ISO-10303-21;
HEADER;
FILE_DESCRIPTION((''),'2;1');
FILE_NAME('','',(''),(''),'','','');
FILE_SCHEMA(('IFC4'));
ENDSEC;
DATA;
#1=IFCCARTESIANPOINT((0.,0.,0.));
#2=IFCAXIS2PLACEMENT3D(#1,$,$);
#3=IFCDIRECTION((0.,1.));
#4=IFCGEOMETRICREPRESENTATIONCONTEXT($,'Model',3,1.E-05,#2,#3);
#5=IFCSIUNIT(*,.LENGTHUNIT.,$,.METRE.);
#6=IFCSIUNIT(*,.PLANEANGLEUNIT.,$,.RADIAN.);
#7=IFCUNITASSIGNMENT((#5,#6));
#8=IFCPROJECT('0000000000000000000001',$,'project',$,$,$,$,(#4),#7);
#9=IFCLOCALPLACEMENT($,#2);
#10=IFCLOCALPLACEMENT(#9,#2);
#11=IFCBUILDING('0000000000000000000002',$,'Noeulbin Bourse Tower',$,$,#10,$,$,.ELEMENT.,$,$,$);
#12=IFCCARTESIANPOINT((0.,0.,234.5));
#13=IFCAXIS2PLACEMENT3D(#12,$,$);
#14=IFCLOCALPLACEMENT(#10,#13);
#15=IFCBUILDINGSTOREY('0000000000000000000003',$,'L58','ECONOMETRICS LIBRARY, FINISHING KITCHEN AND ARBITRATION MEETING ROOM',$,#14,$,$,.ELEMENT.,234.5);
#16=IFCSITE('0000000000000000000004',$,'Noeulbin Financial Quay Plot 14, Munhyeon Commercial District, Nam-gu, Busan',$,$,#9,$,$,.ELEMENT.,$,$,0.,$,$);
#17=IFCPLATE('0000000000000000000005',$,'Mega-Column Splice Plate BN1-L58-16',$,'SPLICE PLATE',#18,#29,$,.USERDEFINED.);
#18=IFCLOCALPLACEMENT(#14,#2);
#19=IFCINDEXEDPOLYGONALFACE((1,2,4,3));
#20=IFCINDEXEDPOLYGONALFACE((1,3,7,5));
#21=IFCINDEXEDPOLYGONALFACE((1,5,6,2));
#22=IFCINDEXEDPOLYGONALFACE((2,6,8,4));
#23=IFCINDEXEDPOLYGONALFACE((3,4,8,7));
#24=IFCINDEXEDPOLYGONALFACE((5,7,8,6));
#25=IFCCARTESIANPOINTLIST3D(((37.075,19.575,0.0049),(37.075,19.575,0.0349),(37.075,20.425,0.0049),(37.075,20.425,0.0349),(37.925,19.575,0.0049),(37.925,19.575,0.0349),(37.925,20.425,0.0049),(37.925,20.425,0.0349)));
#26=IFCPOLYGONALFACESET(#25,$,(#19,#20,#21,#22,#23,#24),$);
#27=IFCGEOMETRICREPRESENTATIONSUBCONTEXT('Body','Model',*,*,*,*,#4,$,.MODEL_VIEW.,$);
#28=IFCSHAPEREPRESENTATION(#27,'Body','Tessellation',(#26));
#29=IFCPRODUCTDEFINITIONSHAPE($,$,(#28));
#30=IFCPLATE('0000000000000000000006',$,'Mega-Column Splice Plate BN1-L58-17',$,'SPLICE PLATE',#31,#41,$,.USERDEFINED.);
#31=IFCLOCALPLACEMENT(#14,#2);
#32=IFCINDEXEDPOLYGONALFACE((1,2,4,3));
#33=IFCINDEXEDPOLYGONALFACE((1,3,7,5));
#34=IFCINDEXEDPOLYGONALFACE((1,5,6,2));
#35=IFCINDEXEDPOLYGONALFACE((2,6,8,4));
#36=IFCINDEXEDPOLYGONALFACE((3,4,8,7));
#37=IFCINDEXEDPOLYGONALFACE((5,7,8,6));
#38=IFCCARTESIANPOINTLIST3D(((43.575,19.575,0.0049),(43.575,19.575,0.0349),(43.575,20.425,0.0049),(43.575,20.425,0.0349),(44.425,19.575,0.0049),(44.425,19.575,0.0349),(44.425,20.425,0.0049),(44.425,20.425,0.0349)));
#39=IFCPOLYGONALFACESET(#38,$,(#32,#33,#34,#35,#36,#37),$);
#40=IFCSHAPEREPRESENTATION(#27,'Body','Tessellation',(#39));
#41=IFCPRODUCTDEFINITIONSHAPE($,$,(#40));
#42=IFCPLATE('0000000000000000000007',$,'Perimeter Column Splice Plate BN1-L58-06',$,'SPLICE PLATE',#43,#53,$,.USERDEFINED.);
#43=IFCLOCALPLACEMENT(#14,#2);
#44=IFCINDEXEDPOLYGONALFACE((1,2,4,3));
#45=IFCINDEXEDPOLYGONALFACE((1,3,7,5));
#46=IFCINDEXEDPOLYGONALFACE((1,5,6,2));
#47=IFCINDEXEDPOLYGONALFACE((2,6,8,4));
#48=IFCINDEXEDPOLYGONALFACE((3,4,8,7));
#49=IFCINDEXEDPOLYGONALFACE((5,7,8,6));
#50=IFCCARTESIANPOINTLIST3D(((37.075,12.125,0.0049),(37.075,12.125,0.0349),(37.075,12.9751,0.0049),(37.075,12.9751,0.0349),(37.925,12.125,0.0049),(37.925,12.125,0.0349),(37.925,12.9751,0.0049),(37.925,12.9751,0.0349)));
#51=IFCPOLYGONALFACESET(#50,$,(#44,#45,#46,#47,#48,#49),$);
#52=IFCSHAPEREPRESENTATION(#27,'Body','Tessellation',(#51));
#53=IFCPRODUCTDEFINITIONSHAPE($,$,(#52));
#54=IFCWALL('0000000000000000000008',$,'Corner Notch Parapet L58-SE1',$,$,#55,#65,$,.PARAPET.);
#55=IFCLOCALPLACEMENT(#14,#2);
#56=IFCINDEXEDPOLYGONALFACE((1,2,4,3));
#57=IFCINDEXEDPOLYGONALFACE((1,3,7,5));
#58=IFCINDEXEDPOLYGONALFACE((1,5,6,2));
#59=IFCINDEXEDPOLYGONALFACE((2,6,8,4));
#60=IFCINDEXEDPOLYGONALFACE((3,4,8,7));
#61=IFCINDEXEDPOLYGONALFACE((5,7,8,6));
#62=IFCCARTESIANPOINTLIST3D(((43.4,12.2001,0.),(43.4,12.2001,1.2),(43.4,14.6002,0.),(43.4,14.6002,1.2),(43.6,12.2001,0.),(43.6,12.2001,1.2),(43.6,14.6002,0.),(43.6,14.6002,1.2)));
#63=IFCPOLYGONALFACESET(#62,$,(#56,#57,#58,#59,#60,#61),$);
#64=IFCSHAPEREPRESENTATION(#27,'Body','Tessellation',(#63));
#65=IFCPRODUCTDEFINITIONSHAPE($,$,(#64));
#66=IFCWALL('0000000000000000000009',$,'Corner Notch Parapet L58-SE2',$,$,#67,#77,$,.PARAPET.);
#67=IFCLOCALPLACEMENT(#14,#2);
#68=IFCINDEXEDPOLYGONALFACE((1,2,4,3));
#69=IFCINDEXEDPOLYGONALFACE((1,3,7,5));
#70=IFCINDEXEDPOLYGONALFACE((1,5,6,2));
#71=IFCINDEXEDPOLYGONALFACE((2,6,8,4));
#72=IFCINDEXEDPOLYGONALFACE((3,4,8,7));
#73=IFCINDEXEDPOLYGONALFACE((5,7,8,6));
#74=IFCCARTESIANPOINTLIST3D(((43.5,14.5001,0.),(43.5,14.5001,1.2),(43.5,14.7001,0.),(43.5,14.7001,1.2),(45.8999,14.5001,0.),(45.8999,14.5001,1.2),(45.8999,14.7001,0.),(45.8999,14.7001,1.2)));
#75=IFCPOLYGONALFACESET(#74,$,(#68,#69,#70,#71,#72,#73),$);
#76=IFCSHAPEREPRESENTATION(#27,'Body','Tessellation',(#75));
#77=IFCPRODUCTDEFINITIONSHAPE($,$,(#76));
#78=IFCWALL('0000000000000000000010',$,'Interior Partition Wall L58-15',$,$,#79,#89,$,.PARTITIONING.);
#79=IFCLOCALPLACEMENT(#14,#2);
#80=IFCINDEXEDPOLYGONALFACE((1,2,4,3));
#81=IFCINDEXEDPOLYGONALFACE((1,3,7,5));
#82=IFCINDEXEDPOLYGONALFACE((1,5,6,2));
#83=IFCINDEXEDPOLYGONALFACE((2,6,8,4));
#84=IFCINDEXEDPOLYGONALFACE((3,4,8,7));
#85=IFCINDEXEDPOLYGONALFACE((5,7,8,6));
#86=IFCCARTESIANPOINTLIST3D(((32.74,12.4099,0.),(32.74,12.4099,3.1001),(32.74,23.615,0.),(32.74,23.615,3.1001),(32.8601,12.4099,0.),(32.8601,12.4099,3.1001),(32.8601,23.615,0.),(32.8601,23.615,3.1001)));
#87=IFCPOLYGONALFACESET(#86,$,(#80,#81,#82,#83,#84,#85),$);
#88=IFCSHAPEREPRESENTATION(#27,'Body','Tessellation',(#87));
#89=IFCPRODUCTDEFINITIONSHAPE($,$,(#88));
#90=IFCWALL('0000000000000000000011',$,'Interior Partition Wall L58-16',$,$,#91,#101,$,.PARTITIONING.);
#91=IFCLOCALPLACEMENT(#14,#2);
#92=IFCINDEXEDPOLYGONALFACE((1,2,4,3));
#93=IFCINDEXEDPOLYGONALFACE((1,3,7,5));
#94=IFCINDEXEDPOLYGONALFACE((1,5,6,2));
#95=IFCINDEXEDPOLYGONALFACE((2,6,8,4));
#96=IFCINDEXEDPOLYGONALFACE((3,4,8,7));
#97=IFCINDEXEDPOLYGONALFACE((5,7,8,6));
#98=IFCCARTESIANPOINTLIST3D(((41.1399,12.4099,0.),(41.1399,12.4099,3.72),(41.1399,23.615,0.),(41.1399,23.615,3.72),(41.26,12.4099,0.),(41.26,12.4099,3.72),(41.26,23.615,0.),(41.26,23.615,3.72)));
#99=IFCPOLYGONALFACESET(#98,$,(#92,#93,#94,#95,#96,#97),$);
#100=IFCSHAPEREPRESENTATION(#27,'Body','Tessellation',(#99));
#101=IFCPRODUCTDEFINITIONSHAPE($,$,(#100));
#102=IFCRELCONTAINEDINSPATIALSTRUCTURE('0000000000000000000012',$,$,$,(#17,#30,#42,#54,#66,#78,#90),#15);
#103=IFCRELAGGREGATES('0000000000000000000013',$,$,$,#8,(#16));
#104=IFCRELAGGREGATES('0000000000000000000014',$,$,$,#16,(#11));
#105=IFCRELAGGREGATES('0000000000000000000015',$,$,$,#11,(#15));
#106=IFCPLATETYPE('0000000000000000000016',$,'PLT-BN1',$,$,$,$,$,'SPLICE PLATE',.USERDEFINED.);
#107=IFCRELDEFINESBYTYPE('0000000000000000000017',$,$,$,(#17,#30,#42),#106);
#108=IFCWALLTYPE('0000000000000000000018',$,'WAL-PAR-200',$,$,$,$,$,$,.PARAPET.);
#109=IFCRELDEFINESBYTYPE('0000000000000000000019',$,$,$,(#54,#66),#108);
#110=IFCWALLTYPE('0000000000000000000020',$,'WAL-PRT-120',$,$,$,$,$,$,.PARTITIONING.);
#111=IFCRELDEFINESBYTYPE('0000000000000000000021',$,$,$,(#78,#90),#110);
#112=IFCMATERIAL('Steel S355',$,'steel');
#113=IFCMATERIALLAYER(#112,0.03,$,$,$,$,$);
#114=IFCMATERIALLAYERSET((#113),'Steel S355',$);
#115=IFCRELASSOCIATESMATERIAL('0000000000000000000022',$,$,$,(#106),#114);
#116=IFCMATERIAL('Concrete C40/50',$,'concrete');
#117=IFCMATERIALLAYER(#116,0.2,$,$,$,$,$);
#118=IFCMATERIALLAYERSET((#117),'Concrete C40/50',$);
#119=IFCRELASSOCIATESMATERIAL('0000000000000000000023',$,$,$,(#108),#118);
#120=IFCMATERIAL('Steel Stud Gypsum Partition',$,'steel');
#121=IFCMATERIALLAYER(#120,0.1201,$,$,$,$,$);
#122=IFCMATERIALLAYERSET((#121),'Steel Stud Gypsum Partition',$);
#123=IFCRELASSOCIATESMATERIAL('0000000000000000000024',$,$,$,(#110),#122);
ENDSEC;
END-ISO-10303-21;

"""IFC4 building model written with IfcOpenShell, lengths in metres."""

from ifc_helpers import new_model, si_unit, direction, frame, frame_2d, origin, origin_2d, place, context, subcontext, project, spatial, rectangle, extrude, material, layer, layer_set, type_object, element, save


model = new_model("IFC4")

# Units and contexts
model_context = context("Model", 3, precision=1e-05, world=origin(), true_north=direction((0.0, 1.0)))
body_context = subcontext(model_context, "Body", "Model", "MODEL_VIEW")
ifc_project = project(units=[si_unit("LENGTHUNIT", "METRE"), si_unit("PLANEANGLEUNIT", "RADIAN")], contexts=[model_context])

# Site, building, storey
site_placement = place(None, origin())
site = spatial("IfcSite", under=ifc_project, at=site_placement, Name="Noeulbin Financial Quay Plot 14, Munhyeon Commercial District, Nam-gu, Busan", CompositionType="ELEMENT", RefElevation=0.0)
building_placement = place(site_placement, origin())
building = spatial("IfcBuilding", under=site, at=building_placement, Name="Noeulbin Bourse Tower", CompositionType="ELEMENT")
storey_placement = place(building_placement, frame((0.0, 0.0, 234.5)))
storey = spatial("IfcBuildingStorey", under=building, at=storey_placement, Name="L58", Description="ECONOMETRICS LIBRARY, FINISHING KITCHEN AND ARBITRATION MEETING ROOM", CompositionType="ELEMENT", Elevation=234.5)

# Shared definitions
ifc_material_1 = material(Name="Steel S355", Category="steel")

# Plates
ifc_layer_1 = layer(ifc_material_1, 0.03)
ifc_layer_set_1 = layer_set([ifc_layer_1], Name="Steel S355")
plate_type_1 = type_object("IfcPlateType", Name="PLT-BN1", ElementType="SPLICE PLATE", PredefinedType="USERDEFINED", material=ifc_layer_set_1)
for number, where, z_axis, x_axis, name in (
    (1, (37.5, 20.0, 0.0049), (0.0, 0.0, 1.0), (1.0, 0.0, 0.0), "Mega-Column Splice Plate BN1-L58-16"),
    (2, (44.0, 20.0, 0.0049), (0.0, 0.0, 1.0), (1.0, 0.0, 0.0), "Mega-Column Splice Plate BN1-L58-17"),
    (3, (37.5, 12.55, 0.0049), (0.0, 0.0, 1.0), (1.0, 0.0, 0.0), "Perimeter Column Splice Plate BN1-L58-06"),
):
    element("IfcPlate", number, at=place(storey_placement, frame(where, z_axis=z_axis, x_axis=x_axis)), inside=storey, type_object=plate_type_1, Name=name, ObjectType="SPLICE PLATE", PredefinedType="USERDEFINED", context=body_context, shape_type="SweptSolid", body=[
        extrude(rectangle(XDim=0.8501, YDim=0.8501, at=origin_2d()), origin(), (0.0, 0.0, 1.0), 0.03),
    ])

# Walls
ifc_material_2 = material(Name="Concrete C40/50", Category="concrete")
ifc_layer_2 = layer(ifc_material_2, 0.2)
ifc_layer_set_2 = layer_set([ifc_layer_2], Name="Concrete C40/50")
wall_type_1 = type_object("IfcWallType", Name="WAL-PAR-200", PredefinedType="PARAPET", material=ifc_layer_set_2)
wall_1_placement = place(storey_placement, frame((43.5, 12.2, 0.0), z_axis=(0.0, 0.0, 1.0), x_axis=(0.0, 1.0, 0.0)))
element("IfcWall", 4, at=wall_1_placement, inside=storey, type_object=wall_type_1, Name="Corner Notch Parapet L58-SE1", PredefinedType="PARAPET", context=body_context, shape_type="SweptSolid", body=[
    extrude(rectangle(XDim=2.4001, YDim=0.2, at=frame_2d((1.2002, 0.0))), origin(), (0.0, 0.0, 1.0), 1.2),
])
wall_2_placement = place(storey_placement, frame((43.5, 14.6001, 0.0), z_axis=(0.0, 0.0, 1.0), x_axis=(1.0, 0.0, 0.0)))
element("IfcWall", 5, at=wall_2_placement, inside=storey, type_object=wall_type_1, Name="Corner Notch Parapet L58-SE2", PredefinedType="PARAPET", context=body_context, shape_type="SweptSolid", body=[
    extrude(rectangle(XDim=2.3999, YDim=0.2, at=frame_2d((1.2, 0.0))), origin(), (0.0, 0.0, 1.0), 1.2),
])
ifc_material_3 = material(Name="Steel Stud Gypsum Partition", Category="steel")
ifc_layer_3 = layer(ifc_material_3, 0.1201)
ifc_layer_set_3 = layer_set([ifc_layer_3], Name="Steel Stud Gypsum Partition")
wall_type_2 = type_object("IfcWallType", Name="WAL-PRT-120", PredefinedType="PARTITIONING", material=ifc_layer_set_3)
wall_3_placement = place(storey_placement, frame((32.8, 12.4099, 0.0), z_axis=(0.0, 0.0, 1.0), x_axis=(0.0, 1.0, 0.0)))
element("IfcWall", 6, at=wall_3_placement, inside=storey, type_object=wall_type_2, Name="Interior Partition Wall L58-15", PredefinedType="PARTITIONING", context=body_context, shape_type="SweptSolid", body=[
    extrude(rectangle(XDim=11.2051, YDim=0.1201, at=frame_2d((5.6025, 0.0))), origin(), (0.0, 0.0, 1.0), 3.1001),
])
wall_4_placement = place(storey_placement, frame((41.2, 12.4099, 0.0), z_axis=(0.0, 0.0, 1.0), x_axis=(0.0, 1.0, 0.0)))
element("IfcWall", 7, at=wall_4_placement, inside=storey, type_object=wall_type_2, Name="Interior Partition Wall L58-16", PredefinedType="PARTITIONING", context=body_context, shape_type="SweptSolid", body=[
    extrude(rectangle(XDim=11.2051, YDim=0.1201, at=frame_2d((5.6025, 0.0))), origin(), (0.0, 0.0, 1.0), 3.72),
])

save(model, "model.ifc")
